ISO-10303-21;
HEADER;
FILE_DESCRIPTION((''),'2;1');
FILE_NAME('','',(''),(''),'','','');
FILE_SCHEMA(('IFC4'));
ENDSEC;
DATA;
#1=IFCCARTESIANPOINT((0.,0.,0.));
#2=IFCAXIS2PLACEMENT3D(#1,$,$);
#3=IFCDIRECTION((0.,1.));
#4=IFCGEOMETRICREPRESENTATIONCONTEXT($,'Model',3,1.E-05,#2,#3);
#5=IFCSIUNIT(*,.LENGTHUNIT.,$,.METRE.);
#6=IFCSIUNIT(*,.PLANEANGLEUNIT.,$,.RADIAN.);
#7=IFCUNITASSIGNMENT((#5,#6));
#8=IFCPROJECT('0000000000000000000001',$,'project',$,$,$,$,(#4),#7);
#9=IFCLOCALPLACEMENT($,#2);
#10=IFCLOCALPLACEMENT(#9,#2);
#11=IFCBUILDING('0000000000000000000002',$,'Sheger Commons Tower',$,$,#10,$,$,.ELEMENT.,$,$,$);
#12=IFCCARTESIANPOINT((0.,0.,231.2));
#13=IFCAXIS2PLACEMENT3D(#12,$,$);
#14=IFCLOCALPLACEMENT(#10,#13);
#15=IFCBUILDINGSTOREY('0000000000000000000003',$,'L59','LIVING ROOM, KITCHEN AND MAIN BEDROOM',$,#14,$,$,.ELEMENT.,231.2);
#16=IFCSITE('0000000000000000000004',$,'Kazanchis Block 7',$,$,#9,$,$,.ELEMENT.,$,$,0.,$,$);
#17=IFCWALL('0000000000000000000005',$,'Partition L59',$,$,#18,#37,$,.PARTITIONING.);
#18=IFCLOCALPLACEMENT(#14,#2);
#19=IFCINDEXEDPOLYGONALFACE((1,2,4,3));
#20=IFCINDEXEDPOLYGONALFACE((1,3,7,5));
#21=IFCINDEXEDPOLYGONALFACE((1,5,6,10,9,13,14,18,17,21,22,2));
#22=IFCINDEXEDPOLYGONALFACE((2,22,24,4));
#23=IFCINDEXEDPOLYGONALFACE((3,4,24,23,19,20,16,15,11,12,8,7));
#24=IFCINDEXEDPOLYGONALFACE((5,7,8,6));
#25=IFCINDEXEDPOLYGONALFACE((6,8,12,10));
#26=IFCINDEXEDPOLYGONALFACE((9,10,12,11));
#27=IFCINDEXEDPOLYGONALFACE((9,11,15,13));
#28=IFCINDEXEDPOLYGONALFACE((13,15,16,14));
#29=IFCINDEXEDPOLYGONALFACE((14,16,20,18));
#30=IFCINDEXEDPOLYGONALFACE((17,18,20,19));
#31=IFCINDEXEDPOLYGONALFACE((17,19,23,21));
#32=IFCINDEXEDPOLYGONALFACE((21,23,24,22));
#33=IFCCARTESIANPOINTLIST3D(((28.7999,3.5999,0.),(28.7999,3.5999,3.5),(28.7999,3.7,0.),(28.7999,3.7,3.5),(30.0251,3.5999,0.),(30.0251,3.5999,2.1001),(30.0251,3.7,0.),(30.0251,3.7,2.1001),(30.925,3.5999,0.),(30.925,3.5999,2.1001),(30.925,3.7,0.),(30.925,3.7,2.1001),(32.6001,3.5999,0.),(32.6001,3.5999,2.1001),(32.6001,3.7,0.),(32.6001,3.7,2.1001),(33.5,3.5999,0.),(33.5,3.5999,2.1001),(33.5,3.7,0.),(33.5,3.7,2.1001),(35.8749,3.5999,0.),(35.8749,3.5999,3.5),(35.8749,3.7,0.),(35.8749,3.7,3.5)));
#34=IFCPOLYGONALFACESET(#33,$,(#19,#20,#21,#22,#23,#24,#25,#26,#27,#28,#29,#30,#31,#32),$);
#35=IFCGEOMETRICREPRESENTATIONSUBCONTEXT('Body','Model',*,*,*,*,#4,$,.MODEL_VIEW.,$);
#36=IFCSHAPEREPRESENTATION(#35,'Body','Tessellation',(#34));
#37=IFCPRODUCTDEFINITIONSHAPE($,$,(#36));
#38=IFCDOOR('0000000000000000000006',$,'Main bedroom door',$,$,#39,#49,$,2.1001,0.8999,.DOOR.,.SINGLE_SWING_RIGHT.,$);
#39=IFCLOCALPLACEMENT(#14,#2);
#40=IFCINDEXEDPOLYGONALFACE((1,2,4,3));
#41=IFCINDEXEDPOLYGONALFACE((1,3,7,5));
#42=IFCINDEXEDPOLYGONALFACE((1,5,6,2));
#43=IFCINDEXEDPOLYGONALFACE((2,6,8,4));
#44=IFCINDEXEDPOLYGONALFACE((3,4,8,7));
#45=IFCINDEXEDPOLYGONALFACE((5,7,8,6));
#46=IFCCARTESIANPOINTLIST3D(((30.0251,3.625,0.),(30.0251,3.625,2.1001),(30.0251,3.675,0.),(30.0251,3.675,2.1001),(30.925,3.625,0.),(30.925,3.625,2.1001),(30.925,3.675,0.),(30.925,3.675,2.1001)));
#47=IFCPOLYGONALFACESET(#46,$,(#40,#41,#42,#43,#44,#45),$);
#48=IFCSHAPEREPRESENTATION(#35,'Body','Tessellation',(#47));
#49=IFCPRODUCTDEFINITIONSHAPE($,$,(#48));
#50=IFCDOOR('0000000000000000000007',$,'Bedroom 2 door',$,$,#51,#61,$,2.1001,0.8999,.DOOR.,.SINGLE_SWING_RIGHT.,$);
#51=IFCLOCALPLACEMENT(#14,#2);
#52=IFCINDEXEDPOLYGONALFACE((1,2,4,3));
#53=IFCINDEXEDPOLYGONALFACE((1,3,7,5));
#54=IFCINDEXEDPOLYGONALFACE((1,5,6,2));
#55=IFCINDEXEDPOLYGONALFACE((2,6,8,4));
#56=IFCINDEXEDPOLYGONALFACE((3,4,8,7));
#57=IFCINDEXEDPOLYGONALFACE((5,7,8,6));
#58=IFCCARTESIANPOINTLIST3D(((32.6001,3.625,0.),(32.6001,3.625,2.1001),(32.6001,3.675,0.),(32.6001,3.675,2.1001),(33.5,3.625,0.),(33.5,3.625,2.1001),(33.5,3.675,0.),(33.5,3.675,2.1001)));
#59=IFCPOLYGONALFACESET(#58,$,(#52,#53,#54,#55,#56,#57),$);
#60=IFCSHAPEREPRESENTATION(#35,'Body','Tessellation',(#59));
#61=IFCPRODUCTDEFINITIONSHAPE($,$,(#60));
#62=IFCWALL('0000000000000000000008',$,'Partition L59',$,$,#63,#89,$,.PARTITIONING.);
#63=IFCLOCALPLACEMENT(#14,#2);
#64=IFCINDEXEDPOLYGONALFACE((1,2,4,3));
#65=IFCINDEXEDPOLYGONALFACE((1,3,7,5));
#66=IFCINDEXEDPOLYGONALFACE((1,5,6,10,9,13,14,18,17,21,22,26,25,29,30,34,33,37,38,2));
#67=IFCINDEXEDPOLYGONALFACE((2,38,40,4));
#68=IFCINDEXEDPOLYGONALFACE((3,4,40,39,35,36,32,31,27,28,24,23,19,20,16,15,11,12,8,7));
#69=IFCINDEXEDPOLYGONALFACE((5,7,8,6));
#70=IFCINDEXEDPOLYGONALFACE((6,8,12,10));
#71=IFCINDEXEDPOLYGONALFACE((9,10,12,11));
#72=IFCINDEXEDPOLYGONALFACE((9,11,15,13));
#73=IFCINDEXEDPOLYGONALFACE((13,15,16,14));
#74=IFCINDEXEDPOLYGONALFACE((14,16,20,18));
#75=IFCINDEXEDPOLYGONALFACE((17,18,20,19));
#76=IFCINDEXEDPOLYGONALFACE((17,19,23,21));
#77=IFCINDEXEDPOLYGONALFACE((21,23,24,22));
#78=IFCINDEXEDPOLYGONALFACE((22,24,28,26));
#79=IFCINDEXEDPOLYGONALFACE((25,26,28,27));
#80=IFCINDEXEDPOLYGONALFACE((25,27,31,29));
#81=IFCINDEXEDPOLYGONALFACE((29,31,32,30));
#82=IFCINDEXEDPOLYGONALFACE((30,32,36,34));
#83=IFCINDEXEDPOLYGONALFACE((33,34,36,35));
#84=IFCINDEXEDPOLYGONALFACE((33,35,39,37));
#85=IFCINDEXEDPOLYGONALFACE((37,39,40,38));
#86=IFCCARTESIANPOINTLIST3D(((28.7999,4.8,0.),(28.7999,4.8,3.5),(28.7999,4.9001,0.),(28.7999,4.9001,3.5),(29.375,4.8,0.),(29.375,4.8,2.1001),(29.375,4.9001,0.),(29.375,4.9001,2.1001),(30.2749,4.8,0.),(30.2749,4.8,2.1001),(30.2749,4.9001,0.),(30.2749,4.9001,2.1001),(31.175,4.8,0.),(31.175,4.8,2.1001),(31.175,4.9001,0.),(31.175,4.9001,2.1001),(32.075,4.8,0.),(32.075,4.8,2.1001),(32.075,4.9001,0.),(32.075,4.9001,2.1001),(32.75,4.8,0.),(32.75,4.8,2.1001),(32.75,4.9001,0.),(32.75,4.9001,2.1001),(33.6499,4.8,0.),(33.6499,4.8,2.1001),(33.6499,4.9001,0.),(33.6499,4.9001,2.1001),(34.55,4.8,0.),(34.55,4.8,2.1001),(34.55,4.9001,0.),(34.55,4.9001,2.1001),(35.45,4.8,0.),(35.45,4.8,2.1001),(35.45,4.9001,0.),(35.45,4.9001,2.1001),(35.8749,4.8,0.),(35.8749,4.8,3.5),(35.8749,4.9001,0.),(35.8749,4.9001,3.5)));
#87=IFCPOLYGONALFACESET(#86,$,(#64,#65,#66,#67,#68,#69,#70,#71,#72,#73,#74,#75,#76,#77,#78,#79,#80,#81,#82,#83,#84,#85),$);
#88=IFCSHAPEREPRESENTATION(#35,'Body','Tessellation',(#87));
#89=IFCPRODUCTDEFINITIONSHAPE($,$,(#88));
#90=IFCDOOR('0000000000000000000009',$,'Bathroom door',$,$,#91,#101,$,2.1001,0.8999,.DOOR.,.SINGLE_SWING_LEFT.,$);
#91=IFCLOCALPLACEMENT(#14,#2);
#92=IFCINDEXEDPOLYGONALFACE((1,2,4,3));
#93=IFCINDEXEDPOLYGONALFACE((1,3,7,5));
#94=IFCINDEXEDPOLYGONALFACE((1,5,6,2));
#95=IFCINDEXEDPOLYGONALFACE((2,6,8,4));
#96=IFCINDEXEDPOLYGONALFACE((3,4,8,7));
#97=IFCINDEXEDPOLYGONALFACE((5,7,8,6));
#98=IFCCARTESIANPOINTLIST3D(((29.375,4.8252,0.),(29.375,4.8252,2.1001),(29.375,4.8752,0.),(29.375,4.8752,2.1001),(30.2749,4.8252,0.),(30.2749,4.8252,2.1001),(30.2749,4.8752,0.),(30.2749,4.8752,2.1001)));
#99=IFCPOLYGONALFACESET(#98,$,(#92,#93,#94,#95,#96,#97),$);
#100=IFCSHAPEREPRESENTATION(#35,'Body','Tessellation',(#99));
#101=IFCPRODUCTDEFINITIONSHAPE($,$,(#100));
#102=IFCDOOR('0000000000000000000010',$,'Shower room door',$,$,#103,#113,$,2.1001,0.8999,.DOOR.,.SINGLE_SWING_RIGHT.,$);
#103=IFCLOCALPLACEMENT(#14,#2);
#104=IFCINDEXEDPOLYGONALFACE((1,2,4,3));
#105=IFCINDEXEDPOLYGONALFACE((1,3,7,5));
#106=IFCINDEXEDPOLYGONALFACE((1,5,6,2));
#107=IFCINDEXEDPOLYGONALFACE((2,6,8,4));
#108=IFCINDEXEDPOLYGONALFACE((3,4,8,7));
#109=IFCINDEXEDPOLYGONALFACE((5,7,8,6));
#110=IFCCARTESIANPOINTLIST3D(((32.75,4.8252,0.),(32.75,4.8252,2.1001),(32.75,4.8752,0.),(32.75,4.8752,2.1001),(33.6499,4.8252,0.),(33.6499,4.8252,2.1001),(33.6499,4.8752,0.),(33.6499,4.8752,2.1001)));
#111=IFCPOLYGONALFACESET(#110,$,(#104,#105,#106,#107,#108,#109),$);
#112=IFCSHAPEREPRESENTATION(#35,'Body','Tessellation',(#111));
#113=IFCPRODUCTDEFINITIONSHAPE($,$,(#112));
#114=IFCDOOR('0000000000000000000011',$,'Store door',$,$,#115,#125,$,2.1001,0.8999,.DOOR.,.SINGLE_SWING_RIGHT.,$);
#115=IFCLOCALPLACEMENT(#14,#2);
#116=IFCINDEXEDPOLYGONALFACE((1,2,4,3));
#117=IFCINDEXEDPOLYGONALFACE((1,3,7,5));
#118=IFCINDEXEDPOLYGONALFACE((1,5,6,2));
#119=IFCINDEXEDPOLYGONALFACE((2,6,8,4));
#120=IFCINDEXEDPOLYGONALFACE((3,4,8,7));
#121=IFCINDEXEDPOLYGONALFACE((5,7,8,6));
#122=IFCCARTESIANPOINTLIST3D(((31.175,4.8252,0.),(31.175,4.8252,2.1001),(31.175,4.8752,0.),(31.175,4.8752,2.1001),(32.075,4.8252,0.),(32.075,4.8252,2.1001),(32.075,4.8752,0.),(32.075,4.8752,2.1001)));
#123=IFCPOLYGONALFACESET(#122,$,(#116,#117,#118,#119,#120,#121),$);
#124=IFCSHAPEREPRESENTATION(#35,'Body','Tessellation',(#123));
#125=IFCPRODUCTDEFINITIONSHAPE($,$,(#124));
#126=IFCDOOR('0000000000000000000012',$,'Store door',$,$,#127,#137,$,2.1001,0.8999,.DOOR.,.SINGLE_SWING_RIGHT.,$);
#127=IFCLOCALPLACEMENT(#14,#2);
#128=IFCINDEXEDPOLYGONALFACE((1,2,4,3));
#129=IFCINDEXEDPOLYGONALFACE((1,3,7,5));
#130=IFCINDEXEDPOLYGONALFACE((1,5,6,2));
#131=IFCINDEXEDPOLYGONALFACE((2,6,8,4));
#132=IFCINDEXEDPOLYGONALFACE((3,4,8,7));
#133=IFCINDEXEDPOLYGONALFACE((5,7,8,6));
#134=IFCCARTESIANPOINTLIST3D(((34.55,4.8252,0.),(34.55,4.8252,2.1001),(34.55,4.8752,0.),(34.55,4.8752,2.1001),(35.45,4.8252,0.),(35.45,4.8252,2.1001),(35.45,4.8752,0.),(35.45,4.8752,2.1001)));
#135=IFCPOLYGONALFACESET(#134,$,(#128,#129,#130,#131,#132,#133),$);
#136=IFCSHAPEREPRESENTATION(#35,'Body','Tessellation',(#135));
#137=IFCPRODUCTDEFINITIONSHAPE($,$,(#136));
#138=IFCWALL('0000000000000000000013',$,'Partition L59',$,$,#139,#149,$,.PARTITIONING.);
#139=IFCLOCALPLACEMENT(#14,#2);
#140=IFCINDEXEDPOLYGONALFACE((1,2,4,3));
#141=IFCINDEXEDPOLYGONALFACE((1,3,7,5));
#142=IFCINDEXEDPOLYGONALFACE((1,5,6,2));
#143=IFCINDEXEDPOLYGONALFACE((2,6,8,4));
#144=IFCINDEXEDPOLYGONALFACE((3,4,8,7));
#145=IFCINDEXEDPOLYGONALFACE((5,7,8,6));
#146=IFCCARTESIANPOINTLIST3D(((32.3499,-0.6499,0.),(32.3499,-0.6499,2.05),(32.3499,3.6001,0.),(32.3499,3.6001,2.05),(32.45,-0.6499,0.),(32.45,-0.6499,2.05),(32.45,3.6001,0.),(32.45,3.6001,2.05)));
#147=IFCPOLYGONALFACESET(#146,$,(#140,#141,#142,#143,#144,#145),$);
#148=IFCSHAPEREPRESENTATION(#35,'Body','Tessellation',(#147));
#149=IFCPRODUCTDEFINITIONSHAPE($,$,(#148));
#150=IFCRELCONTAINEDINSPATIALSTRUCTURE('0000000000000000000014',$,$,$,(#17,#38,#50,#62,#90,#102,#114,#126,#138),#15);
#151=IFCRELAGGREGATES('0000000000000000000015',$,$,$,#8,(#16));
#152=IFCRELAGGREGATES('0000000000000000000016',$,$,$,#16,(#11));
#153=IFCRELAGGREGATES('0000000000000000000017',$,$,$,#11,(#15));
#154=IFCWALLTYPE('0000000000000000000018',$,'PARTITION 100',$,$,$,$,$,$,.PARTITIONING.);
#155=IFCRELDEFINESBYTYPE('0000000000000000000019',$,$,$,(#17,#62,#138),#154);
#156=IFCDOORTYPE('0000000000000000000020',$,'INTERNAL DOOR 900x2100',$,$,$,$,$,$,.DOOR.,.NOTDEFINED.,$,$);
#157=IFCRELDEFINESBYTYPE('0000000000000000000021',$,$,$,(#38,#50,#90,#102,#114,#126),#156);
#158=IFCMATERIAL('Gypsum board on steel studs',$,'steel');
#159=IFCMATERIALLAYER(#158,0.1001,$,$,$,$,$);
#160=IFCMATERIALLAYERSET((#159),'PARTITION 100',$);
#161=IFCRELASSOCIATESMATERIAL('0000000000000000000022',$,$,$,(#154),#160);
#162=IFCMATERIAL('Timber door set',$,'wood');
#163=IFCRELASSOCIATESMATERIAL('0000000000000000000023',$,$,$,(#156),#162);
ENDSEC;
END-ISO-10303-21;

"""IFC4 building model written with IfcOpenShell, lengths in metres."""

from ifc_helpers import new_model, si_unit, direction, frame, frame_2d, origin, place, context, subcontext, project, spatial, rectangle, extrude, material, layer, layer_set, type_object, element, fill, save


model = new_model("IFC4")

# Units and contexts
model_context = context("Model", 3, precision=1e-05, world=origin(), true_north=direction((0.0, 1.0)))
body_context = subcontext(model_context, "Body", "Model", "MODEL_VIEW")
ifc_project = project(units=[si_unit("LENGTHUNIT", "METRE"), si_unit("PLANEANGLEUNIT", "RADIAN")], contexts=[model_context])

# Site, building, storey
site_placement = place(None, origin())
site = spatial("IfcSite", under=ifc_project, at=site_placement, Name="Kazanchis Block 7", CompositionType="ELEMENT", RefElevation=0.0)
building_placement = place(site_placement, origin())
building = spatial("IfcBuilding", under=site, at=building_placement, Name="Sheger Commons Tower", CompositionType="ELEMENT")
storey_placement = place(building_placement, frame((0.0, 0.0, 231.2)))
storey = spatial("IfcBuildingStorey", under=building, at=storey_placement, Name="L59", Description="LIVING ROOM, KITCHEN AND MAIN BEDROOM", CompositionType="ELEMENT", Elevation=231.2)

# Walls, openings, doors
ifc_material_1 = material(Name="Gypsum board on steel studs", Category="steel")
ifc_layer_1 = layer(ifc_material_1, 0.1001)
ifc_layer_set_1 = layer_set([ifc_layer_1], Name="PARTITION 100")
wall_type_1 = type_object("IfcWallType", Name="PARTITION 100", PredefinedType="PARTITIONING", material=ifc_layer_set_1)
wall_1_placement = place(storey_placement, frame((35.875, 3.6499, 0.0), z_axis=(0.0, 0.0, 1.0), x_axis=(-1.0, 0.0, 0.0)))
wall_1 = element("IfcWall", 1, at=wall_1_placement, inside=storey, type_object=wall_type_1, Name="Partition L59", PredefinedType="PARTITIONING", context=body_context, shape_type="SweptSolid", body=[
    extrude(rectangle(XDim=7.075, YDim=0.1001, at=frame_2d((3.5376, 0.0))), origin(), (0.0, 0.0, 1.0), 3.5),
])
opening_1_placement = place(wall_1_placement, frame((4.95, 0.0, 0.0)))
opening_1 = element("IfcOpeningElement", 2, at=opening_1_placement, cuts=wall_1, PredefinedType="OPENING", context=body_context, shape_type="SweptSolid", body=[
    extrude(rectangle(XDim=0.8999, YDim=2.1001, at=frame_2d((0.45, 1.05))), frame((0.0, 0.0601, 0.0), z_axis=(0.0, -1.0, 0.0), x_axis=(1.0, 0.0, 0.0)), (0.0, 0.0, 1.0), 0.1201),
])
opening_2_placement = place(wall_1_placement, frame((2.375, 0.0, 0.0)))
opening_2 = element("IfcOpeningElement", 3, at=opening_2_placement, cuts=wall_1, PredefinedType="OPENING", context=body_context, shape_type="SweptSolid", body=[
    extrude(rectangle(XDim=0.8999, YDim=2.1001, at=frame_2d((0.45, 1.05))), frame((0.0, 0.0601, 0.0), z_axis=(0.0, -1.0, 0.0), x_axis=(1.0, 0.0, 0.0)), (0.0, 0.0, 1.0), 0.1201),
])
ifc_material_2 = material(Name="Timber door set", Category="wood")
door_type = type_object("IfcDoorType", Name="INTERNAL DOOR 900x2100", OperationType="NOTDEFINED", PredefinedType="DOOR", material=ifc_material_2)
door_1_placement = place(opening_1_placement, origin())
door_1 = element("IfcDoor", 4, at=door_1_placement, inside=storey, type_object=door_type, Name="Main bedroom door", OperationType="SINGLE_SWING_RIGHT", OverallHeight=2.1001, OverallWidth=0.8999, PredefinedType="DOOR", context=body_context, shape_type="SweptSolid", body=[
    extrude(rectangle(XDim=0.8999, YDim=2.1001, at=frame_2d((0.45, 1.05))), frame((0.0, 0.0249, 0.0), z_axis=(0.0, -1.0, 0.0), x_axis=(1.0, 0.0, 0.0)), (0.0, 0.0, 1.0), 0.05),
])
fill(opening_1, door_1)
door_2_placement = place(opening_2_placement, origin())
door_2 = element("IfcDoor", 5, at=door_2_placement, inside=storey, type_object=door_type, Name="Bedroom 2 door", OperationType="SINGLE_SWING_RIGHT", OverallHeight=2.1001, OverallWidth=0.8999, PredefinedType="DOOR", context=body_context, shape_type="SweptSolid", body=[
    extrude(rectangle(XDim=0.8999, YDim=2.1001, at=frame_2d((0.45, 1.05))), frame((0.0, 0.0249, 0.0), z_axis=(0.0, -1.0, 0.0), x_axis=(1.0, 0.0, 0.0)), (0.0, 0.0, 1.0), 0.05),
])
fill(opening_2, door_2)
wall_2_placement = place(storey_placement, frame((35.875, 4.8501, 0.0), z_axis=(0.0, 0.0, 1.0), x_axis=(-1.0, 0.0, 0.0)))
wall_2 = element("IfcWall", 6, at=wall_2_placement, inside=storey, type_object=wall_type_1, Name="Partition L59", PredefinedType="PARTITIONING", context=body_context, shape_type="SweptSolid", body=[
    extrude(rectangle(XDim=7.075, YDim=0.1001, at=frame_2d((3.5376, 0.0))), origin(), (0.0, 0.0, 1.0), 3.5),
])
opening_3_placement = place(wall_2_placement, frame((5.6001, 0.0, 0.0)))
opening_3 = element("IfcOpeningElement", 7, at=opening_3_placement, cuts=wall_2, PredefinedType="OPENING", context=body_context, shape_type="SweptSolid", body=[
    extrude(rectangle(XDim=0.8999, YDim=2.1001, at=frame_2d((0.45, 1.05))), frame((0.0, 0.0601, 0.0), z_axis=(0.0, -1.0, 0.0), x_axis=(1.0, 0.0, 0.0)), (0.0, 0.0, 1.0), 0.1201),
])
opening_4_placement = place(wall_2_placement, frame((2.2251, 0.0, 0.0)))
opening_4 = element("IfcOpeningElement", 8, at=opening_4_placement, cuts=wall_2, PredefinedType="OPENING", context=body_context, shape_type="SweptSolid", body=[
    extrude(rectangle(XDim=0.8999, YDim=2.1001, at=frame_2d((0.45, 1.05))), frame((0.0, 0.0601, 0.0), z_axis=(0.0, -1.0, 0.0), x_axis=(1.0, 0.0, 0.0)), (0.0, 0.0, 1.0), 0.1201),
])
opening_5_placement = place(wall_2_placement, frame((3.8, 0.0, 0.0)))
opening_5 = element("IfcOpeningElement", 9, at=opening_5_placement, cuts=wall_2, PredefinedType="OPENING", context=body_context, shape_type="SweptSolid", body=[
    extrude(rectangle(XDim=0.8999, YDim=2.1001, at=frame_2d((0.45, 1.05))), frame((0.0, 0.0601, 0.0), z_axis=(0.0, -1.0, 0.0), x_axis=(1.0, 0.0, 0.0)), (0.0, 0.0, 1.0), 0.1201),
])
opening_6_placement = place(wall_2_placement, frame((0.425, 0.0, 0.0)))
opening_6 = element("IfcOpeningElement", 10, at=opening_6_placement, cuts=wall_2, PredefinedType="OPENING", context=body_context, shape_type="SweptSolid", body=[
    extrude(rectangle(XDim=0.8999, YDim=2.1001, at=frame_2d((0.45, 1.05))), frame((0.0, 0.0601, 0.0), z_axis=(0.0, -1.0, 0.0), x_axis=(1.0, 0.0, 0.0)), (0.0, 0.0, 1.0), 0.1201),
])
door_3_placement = place(opening_3_placement, origin())
door_3 = element("IfcDoor", 11, at=door_3_placement, inside=storey, type_object=door_type, Name="Bathroom door", OperationType="SINGLE_SWING_LEFT", OverallHeight=2.1001, OverallWidth=0.8999, PredefinedType="DOOR", context=body_context, shape_type="SweptSolid", body=[
    extrude(rectangle(XDim=0.8999, YDim=2.1001, at=frame_2d((0.45, 1.05))), frame((0.0, 0.0249, 0.0), z_axis=(0.0, -1.0, 0.0), x_axis=(1.0, 0.0, 0.0)), (0.0, 0.0, 1.0), 0.05),
])
fill(opening_3, door_3)
door_4_placement = place(opening_4_placement, origin())
door_4 = element("IfcDoor", 12, at=door_4_placement, inside=storey, type_object=door_type, Name="Shower room door", OperationType="SINGLE_SWING_RIGHT", OverallHeight=2.1001, OverallWidth=0.8999, PredefinedType="DOOR", context=body_context, shape_type="SweptSolid", body=[
    extrude(rectangle(XDim=0.8999, YDim=2.1001, at=frame_2d((0.45, 1.05))), frame((0.0, 0.0249, 0.0), z_axis=(0.0, -1.0, 0.0), x_axis=(1.0, 0.0, 0.0)), (0.0, 0.0, 1.0), 0.05),
])
fill(opening_4, door_4)
door_5_placement = place(opening_5_placement, origin())
door_5 = element("IfcDoor", 13, at=door_5_placement, inside=storey, type_object=door_type, Name="Store door", OperationType="SINGLE_SWING_RIGHT", OverallHeight=2.1001, OverallWidth=0.8999, PredefinedType="DOOR", context=body_context, shape_type="SweptSolid", body=[
    extrude(rectangle(XDim=0.8999, YDim=2.1001, at=frame_2d((0.45, 1.05))), frame((0.0, 0.0249, 0.0), z_axis=(0.0, -1.0, 0.0), x_axis=(1.0, 0.0, 0.0)), (0.0, 0.0, 1.0), 0.05),
])
fill(opening_5, door_5)
door_6_placement = place(opening_6_placement, origin())
door_6 = element("IfcDoor", 14, at=door_6_placement, inside=storey, type_object=door_type, Name="Store door", OperationType="SINGLE_SWING_RIGHT", OverallHeight=2.1001, OverallWidth=0.8999, PredefinedType="DOOR", context=body_context, shape_type="SweptSolid", body=[
    extrude(rectangle(XDim=0.8999, YDim=2.1001, at=frame_2d((0.45, 1.05))), frame((0.0, 0.0249, 0.0), z_axis=(0.0, -1.0, 0.0), x_axis=(1.0, 0.0, 0.0)), (0.0, 0.0, 1.0), 0.05),
])
fill(opening_6, door_6)

# Wall
wall_3_placement = place(storey_placement, frame((32.3999, -0.6499, 0.0), z_axis=(0.0, 0.0, 1.0), x_axis=(0.0, 1.0, 0.0)))
element("IfcWall", 15, at=wall_3_placement, inside=storey, type_object=wall_type_1, Name="Partition L59", PredefinedType="PARTITIONING", context=body_context, shape_type="SweptSolid", body=[
    extrude(rectangle(XDim=4.25, YDim=0.1001, at=frame_2d((2.125, 0.0))), origin(), (0.0, 0.0, 1.0), 2.05),
])

save(model, "model.ifc")
